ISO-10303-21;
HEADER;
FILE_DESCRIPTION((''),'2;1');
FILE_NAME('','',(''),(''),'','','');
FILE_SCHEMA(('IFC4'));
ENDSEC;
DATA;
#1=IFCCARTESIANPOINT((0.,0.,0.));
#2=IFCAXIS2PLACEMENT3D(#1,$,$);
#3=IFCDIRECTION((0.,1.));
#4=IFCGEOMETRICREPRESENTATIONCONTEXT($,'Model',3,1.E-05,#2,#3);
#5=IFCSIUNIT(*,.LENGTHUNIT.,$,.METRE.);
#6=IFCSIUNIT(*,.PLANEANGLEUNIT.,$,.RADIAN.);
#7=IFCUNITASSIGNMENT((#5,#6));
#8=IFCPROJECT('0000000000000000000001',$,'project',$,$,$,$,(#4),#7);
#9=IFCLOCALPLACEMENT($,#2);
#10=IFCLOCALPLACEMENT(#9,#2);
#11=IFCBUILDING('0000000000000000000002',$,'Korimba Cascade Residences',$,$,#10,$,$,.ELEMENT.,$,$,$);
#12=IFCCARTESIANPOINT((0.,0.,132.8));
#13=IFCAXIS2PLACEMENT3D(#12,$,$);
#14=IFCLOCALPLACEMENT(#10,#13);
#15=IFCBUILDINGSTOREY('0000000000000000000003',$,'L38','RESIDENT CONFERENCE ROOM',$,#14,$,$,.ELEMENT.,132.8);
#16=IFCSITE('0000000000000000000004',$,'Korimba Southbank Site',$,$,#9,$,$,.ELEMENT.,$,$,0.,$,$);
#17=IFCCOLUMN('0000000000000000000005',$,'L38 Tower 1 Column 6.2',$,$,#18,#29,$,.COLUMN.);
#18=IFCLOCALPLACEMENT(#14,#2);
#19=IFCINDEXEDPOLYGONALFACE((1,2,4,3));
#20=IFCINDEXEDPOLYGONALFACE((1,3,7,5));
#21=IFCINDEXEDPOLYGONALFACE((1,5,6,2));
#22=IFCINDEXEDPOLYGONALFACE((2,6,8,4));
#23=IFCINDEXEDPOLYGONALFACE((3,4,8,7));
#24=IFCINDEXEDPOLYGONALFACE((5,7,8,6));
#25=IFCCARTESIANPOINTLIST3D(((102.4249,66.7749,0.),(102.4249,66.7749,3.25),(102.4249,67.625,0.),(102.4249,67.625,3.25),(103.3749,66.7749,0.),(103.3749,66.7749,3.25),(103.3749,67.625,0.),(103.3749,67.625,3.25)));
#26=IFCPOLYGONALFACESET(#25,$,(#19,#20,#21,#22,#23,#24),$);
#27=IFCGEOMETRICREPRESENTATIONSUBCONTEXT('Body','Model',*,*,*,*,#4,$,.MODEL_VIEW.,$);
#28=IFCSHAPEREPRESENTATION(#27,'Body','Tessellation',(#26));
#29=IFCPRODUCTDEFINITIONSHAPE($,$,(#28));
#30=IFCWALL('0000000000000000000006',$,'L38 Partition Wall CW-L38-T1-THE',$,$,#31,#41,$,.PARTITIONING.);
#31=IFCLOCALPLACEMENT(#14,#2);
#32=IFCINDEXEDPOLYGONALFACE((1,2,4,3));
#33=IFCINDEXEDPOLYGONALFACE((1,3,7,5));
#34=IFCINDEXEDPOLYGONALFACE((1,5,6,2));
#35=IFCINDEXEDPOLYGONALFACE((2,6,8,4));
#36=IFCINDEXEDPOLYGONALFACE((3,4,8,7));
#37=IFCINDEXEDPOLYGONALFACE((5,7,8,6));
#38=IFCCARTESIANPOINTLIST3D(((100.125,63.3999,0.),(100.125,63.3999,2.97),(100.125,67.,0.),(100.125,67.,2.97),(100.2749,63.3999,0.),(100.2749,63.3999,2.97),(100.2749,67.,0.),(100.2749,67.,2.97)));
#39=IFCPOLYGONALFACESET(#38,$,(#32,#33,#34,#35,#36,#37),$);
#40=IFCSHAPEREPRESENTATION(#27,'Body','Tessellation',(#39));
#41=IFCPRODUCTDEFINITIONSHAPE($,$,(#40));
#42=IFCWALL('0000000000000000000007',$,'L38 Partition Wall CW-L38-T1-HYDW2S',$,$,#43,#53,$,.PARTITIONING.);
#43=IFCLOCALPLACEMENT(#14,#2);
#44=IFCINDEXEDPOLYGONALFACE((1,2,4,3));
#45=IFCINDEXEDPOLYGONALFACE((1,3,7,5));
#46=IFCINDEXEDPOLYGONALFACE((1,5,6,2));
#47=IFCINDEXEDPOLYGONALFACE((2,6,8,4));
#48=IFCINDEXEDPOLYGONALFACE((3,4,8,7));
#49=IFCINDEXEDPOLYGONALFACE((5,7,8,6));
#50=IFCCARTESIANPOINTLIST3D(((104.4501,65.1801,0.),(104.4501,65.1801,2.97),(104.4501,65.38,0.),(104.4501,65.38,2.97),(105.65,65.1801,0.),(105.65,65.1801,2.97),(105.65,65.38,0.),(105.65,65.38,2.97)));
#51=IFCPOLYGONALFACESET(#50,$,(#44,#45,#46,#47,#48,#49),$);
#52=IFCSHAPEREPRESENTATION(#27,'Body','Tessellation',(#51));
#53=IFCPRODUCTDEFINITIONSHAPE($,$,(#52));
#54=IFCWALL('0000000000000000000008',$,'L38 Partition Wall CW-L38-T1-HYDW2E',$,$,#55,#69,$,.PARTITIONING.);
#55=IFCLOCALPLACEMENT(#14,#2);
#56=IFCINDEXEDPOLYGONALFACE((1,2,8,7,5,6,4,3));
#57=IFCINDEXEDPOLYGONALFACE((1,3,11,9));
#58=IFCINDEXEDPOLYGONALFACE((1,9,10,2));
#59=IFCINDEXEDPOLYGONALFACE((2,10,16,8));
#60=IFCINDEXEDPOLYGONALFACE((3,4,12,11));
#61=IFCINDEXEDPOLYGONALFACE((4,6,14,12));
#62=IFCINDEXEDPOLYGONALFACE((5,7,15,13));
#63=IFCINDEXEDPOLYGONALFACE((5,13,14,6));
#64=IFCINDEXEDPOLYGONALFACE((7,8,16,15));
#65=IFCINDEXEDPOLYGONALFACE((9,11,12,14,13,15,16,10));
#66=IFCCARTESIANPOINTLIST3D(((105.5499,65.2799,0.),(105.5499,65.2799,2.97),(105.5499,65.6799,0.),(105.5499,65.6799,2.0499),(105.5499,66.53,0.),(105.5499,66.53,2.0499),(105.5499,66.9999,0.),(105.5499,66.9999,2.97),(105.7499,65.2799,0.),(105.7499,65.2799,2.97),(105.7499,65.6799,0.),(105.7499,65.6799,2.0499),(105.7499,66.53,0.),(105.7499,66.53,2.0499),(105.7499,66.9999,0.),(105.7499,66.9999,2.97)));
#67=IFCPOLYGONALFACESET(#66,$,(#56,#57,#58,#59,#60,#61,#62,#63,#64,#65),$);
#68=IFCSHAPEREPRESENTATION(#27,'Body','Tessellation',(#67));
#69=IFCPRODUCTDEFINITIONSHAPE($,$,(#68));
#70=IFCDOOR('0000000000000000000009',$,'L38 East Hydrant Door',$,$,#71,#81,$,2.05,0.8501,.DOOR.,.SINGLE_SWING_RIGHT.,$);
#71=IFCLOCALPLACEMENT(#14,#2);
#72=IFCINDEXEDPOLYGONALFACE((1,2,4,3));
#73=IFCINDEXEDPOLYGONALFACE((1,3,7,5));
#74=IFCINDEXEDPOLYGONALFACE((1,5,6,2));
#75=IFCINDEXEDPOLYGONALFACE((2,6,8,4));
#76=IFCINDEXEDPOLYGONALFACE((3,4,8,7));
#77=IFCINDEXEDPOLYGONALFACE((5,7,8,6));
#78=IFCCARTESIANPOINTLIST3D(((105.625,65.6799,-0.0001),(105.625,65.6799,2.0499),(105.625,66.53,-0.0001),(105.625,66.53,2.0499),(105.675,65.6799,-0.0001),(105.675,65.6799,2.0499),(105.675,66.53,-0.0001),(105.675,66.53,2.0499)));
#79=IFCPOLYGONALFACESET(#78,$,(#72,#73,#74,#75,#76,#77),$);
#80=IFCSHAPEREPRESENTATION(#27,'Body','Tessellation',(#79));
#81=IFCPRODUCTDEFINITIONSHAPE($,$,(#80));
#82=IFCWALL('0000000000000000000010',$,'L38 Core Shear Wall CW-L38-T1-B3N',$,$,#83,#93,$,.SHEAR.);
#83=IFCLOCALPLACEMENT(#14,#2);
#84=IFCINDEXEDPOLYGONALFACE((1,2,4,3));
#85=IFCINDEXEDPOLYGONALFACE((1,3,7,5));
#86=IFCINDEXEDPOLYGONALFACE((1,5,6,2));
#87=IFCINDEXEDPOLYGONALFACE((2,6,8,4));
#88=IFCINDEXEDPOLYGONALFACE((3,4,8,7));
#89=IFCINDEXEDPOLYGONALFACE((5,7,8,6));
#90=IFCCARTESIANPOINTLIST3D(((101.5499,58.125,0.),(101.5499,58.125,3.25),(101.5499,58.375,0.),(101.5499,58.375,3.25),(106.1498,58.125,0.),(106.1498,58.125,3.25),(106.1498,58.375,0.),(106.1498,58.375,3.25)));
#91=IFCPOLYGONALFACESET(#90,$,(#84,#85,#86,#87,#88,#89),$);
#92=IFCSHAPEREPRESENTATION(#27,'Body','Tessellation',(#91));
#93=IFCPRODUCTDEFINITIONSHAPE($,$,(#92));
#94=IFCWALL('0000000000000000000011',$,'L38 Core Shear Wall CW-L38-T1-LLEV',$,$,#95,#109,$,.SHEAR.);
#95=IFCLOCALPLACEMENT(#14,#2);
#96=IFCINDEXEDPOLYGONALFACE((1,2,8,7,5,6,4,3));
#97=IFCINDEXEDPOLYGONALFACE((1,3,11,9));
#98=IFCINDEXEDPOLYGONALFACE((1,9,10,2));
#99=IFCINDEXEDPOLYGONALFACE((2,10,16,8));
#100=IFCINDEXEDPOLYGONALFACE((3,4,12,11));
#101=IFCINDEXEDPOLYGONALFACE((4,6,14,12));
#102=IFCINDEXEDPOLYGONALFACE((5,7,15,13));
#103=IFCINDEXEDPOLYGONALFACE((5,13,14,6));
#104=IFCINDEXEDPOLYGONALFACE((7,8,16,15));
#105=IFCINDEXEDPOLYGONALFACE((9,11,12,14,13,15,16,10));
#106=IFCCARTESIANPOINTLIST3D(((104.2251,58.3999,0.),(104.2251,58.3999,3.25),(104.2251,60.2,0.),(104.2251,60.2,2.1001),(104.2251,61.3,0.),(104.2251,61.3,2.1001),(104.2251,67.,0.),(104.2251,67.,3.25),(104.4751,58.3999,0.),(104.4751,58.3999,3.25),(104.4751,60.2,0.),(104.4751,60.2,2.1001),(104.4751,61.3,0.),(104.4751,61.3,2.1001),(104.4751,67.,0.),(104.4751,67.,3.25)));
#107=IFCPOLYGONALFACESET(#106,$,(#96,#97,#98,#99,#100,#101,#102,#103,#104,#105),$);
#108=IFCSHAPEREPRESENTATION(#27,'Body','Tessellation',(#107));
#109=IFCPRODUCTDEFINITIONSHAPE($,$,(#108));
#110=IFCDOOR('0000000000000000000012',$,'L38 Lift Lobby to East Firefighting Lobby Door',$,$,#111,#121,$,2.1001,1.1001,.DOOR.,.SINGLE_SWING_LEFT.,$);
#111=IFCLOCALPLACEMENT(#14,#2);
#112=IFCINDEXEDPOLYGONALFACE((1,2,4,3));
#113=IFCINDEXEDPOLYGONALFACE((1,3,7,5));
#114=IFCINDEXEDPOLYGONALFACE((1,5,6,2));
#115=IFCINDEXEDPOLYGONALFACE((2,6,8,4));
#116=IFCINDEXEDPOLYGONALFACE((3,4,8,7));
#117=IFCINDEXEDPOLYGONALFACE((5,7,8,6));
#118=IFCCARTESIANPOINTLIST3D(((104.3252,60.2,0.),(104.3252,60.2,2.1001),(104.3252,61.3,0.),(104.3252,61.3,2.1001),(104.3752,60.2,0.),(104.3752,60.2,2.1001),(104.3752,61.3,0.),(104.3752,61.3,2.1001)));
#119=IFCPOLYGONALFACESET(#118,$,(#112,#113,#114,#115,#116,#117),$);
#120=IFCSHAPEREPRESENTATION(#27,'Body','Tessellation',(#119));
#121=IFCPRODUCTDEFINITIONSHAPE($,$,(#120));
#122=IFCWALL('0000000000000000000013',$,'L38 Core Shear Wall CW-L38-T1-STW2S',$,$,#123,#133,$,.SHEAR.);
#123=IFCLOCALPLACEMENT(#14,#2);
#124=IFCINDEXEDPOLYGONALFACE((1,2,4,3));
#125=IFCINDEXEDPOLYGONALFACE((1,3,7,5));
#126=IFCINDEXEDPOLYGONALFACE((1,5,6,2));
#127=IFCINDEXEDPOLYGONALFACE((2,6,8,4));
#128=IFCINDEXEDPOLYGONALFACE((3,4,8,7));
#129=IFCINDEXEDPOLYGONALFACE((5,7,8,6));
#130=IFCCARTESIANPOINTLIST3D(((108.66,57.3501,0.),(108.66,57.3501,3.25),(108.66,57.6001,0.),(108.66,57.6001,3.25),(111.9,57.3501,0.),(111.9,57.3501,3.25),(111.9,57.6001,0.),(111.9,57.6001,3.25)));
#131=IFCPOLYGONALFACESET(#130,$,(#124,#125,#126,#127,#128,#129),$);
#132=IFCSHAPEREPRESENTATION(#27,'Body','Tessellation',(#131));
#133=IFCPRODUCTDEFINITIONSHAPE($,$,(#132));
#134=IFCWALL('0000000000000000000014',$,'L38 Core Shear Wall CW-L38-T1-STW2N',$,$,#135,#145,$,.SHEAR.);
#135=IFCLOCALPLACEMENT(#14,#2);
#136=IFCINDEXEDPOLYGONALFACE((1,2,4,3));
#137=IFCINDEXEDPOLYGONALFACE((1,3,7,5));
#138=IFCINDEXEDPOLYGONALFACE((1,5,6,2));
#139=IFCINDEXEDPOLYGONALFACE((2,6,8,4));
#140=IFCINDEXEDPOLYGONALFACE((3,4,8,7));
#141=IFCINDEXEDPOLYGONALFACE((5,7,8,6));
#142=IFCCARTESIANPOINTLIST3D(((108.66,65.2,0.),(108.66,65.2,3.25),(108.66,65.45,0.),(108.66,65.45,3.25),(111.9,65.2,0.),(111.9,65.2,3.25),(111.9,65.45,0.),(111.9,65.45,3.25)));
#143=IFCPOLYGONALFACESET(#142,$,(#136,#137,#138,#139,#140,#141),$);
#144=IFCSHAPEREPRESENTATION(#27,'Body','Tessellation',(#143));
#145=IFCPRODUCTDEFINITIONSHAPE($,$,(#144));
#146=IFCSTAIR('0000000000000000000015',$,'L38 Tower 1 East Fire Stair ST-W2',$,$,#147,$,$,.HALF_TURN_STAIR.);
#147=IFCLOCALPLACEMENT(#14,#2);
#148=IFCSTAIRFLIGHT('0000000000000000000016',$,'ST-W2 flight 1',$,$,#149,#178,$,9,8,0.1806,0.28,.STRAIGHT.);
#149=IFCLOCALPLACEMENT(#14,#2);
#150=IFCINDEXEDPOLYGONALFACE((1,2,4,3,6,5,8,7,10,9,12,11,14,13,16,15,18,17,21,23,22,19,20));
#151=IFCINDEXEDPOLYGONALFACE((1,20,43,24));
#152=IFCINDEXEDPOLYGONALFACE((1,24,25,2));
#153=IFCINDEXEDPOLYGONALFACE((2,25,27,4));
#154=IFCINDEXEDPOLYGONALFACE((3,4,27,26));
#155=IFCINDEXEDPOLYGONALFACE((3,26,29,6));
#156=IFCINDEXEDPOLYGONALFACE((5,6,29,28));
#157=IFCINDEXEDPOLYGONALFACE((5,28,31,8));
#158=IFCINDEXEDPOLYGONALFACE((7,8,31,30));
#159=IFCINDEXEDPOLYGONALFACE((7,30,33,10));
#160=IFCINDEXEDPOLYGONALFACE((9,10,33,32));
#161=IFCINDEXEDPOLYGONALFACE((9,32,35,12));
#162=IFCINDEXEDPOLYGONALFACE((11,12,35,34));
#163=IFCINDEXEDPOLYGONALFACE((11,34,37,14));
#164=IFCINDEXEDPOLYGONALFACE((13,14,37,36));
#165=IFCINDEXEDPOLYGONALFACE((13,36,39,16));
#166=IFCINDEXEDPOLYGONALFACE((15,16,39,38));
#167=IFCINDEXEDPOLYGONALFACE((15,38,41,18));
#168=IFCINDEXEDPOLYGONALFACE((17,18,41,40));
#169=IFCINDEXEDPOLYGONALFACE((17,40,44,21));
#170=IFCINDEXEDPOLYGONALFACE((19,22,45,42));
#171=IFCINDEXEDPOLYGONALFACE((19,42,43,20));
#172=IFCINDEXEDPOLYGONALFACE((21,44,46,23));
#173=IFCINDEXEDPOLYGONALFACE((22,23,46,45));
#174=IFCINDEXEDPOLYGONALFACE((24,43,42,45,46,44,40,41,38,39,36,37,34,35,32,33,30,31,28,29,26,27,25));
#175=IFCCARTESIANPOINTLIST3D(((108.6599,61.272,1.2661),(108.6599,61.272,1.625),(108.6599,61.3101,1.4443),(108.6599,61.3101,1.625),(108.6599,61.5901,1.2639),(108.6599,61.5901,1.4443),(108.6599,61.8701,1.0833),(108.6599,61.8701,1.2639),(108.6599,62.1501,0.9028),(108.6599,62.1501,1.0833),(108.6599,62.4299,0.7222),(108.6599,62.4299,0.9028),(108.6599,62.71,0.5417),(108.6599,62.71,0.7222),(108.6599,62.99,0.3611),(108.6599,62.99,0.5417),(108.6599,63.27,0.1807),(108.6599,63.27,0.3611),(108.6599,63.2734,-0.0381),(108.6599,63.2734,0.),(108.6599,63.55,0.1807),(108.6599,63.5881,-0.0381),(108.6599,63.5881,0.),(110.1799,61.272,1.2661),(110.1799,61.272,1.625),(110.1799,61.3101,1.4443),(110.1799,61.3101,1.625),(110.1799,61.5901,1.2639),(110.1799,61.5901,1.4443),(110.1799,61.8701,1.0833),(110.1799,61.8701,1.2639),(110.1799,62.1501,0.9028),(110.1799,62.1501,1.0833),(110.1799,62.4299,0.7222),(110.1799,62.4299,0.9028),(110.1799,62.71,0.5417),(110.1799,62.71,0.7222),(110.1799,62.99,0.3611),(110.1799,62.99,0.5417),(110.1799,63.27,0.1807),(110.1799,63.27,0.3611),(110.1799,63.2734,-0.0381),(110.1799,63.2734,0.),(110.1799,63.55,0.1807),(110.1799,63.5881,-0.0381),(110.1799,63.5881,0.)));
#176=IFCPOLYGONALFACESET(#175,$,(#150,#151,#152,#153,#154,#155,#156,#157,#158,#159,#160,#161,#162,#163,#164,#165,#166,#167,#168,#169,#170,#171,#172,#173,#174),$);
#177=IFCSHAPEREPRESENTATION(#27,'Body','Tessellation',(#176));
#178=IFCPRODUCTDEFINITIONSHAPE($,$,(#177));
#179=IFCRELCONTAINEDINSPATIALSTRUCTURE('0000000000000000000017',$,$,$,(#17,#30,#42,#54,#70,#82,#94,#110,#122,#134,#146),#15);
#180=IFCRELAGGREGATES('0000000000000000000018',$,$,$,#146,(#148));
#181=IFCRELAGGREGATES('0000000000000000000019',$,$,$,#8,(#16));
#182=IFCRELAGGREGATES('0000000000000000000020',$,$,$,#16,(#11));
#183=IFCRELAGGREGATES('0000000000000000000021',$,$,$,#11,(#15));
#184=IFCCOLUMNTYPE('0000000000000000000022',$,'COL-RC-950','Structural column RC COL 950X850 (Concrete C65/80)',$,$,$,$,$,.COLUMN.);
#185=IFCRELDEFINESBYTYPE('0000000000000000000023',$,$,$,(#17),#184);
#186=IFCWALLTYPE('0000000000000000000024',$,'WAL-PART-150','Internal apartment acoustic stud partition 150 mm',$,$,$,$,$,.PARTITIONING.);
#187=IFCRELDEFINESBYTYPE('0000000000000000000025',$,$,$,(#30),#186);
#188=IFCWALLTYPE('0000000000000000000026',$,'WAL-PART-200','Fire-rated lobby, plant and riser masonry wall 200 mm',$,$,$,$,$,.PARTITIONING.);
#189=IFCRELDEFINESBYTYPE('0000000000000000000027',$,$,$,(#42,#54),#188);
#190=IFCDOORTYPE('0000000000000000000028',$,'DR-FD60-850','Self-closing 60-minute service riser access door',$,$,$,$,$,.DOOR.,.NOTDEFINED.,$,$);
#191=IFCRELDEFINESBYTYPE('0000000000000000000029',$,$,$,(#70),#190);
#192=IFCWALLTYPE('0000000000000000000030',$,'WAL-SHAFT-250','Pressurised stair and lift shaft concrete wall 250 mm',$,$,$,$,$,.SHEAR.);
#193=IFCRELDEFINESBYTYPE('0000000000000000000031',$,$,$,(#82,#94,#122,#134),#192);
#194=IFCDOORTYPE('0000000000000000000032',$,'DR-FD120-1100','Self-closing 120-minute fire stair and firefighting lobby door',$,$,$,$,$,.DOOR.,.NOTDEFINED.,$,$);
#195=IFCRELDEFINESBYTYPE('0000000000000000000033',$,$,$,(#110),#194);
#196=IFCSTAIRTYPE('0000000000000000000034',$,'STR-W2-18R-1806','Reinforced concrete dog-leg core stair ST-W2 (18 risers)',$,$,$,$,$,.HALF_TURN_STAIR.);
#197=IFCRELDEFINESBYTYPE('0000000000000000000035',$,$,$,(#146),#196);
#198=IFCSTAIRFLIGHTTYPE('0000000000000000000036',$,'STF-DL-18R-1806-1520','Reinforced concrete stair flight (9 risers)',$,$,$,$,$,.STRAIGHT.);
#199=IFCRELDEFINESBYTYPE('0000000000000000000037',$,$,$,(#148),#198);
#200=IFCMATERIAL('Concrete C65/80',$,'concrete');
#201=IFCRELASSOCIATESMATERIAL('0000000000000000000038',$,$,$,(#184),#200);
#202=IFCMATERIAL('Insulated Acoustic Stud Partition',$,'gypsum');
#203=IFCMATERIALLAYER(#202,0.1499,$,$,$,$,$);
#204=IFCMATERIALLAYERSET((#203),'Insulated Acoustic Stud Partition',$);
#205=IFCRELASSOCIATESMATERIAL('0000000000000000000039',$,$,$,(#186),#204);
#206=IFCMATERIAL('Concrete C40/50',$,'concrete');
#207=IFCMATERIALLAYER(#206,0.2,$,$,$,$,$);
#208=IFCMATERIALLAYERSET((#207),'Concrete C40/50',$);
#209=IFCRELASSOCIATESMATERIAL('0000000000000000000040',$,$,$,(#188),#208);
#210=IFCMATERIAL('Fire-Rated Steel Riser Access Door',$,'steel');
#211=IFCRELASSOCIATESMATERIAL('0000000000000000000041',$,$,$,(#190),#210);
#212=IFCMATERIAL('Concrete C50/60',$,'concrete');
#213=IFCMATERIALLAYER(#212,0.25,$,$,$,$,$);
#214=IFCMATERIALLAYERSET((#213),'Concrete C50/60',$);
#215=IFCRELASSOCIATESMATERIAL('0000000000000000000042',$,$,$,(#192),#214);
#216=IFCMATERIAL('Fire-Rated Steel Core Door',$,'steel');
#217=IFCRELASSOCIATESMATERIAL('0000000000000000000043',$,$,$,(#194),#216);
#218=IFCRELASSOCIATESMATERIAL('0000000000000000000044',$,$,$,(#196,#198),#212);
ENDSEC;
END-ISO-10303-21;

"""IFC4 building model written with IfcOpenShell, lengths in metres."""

from ifc_helpers import new_model, si_unit, direction, frame, frame_2d, origin, origin_2d, place, context, subcontext, project, spatial, polyline, rectangle, outline, extrude, material, layer, layer_set, material_profile, profile_set, type_object, element, fill, aggregate, save


model = new_model("IFC4")

# Units and contexts
model_context = context("Model", 3, precision=1e-05, world=origin(), true_north=direction((0.0, 1.0)))
body_context = subcontext(model_context, "Body", "Model", "MODEL_VIEW")
ifc_project = project(units=[si_unit("LENGTHUNIT", "METRE"), si_unit("PLANEANGLEUNIT", "RADIAN")], contexts=[model_context])

# Site, building, storey
site_placement = place(None, origin())
site = spatial("IfcSite", under=ifc_project, at=site_placement, Name="Korimba Southbank Site", CompositionType="ELEMENT", RefElevation=0.0)
building_placement = place(site_placement, origin())
building = spatial("IfcBuilding", under=site, at=building_placement, Name="Korimba Cascade Residences", CompositionType="ELEMENT")
storey_placement = place(building_placement, frame((0.0, 0.0, 132.8)))
storey = spatial("IfcBuildingStorey", under=building, at=storey_placement, Name="L38", Description="RESIDENT CONFERENCE ROOM", CompositionType="ELEMENT", Elevation=132.8)

# Column
ifc_material_1 = material(Name="Concrete C65/80", Category="concrete")
ifc_material_profile = material_profile(ifc_material_1, rectangle(XDim=0.95, YDim=0.8501, at=origin_2d()), Name="Concrete C65/80")
ifc_profile_set = profile_set([ifc_material_profile], Name="Concrete C65/80")
column_type = type_object("IfcColumnType", Name="COL-RC-950", Description="Structural column RC COL 950X850 (Concrete C65/80)", PredefinedType="COLUMN", material=ifc_profile_set)
column_placement = place(storey_placement, frame((102.8999, 67.2, 0.0), z_axis=(0.0, 0.0, 1.0), x_axis=(1.0, 0.0, 0.0)))
element("IfcColumn", 1, at=column_placement, inside=storey, type_object=column_type, Name="L38 Tower 1 Column 6.2", PredefinedType="COLUMN", context=body_context, shape_type="SweptSolid", body=[
    extrude(rectangle(XDim=0.95, YDim=0.8501, at=origin_2d()), origin(), (0.0, 0.0, 1.0), 3.25),
])

# Walls
ifc_material_2 = material(Name="Insulated Acoustic Stud Partition", Category="gypsum")
ifc_layer_1 = layer(ifc_material_2, 0.1499)
ifc_layer_set_1 = layer_set([ifc_layer_1], Name="Insulated Acoustic Stud Partition")
wall_type_1 = type_object("IfcWallType", Name="WAL-PART-150", Description="Internal apartment acoustic stud partition 150 mm", PredefinedType="PARTITIONING", material=ifc_layer_set_1)
wall_1_placement = place(storey_placement, frame((100.2, 63.3999, 0.0), z_axis=(0.0, 0.0, 1.0), x_axis=(0.0, 1.0, 0.0)))
element("IfcWall", 2, at=wall_1_placement, inside=storey, type_object=wall_type_1, Name="L38 Partition Wall CW-L38-T1-THE", PredefinedType="PARTITIONING", context=body_context, shape_type="SweptSolid", body=[
    extrude(rectangle(XDim=3.6001, YDim=0.1499, at=frame_2d((1.8, 0.0))), origin(), (0.0, 0.0, 1.0), 2.97),
])
ifc_material_3 = material(Name="Concrete C40/50", Category="concrete")
ifc_layer_2 = layer(ifc_material_3, 0.2)
ifc_layer_set_2 = layer_set([ifc_layer_2], Name="Concrete C40/50")
wall_type_2 = type_object("IfcWallType", Name="WAL-PART-200", Description="Fire-rated lobby, plant and riser masonry wall 200 mm", PredefinedType="PARTITIONING", material=ifc_layer_set_2)
wall_2_placement = place(storey_placement, frame((104.45, 65.28, 0.0), z_axis=(0.0, 0.0, 1.0), x_axis=(1.0, 0.0, 0.0)))
element("IfcWall", 3, at=wall_2_placement, inside=storey, type_object=wall_type_2, Name="L38 Partition Wall CW-L38-T1-HYDW2S", PredefinedType="PARTITIONING", context=body_context, shape_type="SweptSolid", body=[
    extrude(rectangle(XDim=1.2, YDim=0.2, at=frame_2d((0.6001, 0.0))), origin(), (0.0, 0.0, 1.0), 2.97),
])

# Wall, opening, door
wall_3_placement = place(storey_placement, frame((105.6499, 65.28, 0.0), z_axis=(0.0, 0.0, 1.0), x_axis=(0.0, 1.0, 0.0)))
wall_3 = element("IfcWall", 4, at=wall_3_placement, inside=storey, type_object=wall_type_2, Name="L38 Partition Wall CW-L38-T1-HYDW2E", PredefinedType="PARTITIONING", context=body_context, shape_type="SweptSolid", body=[
    extrude(rectangle(XDim=1.72, YDim=0.2, at=frame_2d((0.8599, 0.0))), origin(), (0.0, 0.0, 1.0), 2.97),
])
opening_1_placement = place(wall_3_placement, frame((0.3999, 0.0, 0.0)))
opening_1 = element("IfcOpeningElement", 5, at=opening_1_placement, cuts=wall_3, PredefinedType="OPENING", context=body_context, shape_type="SweptSolid", body=[
    extrude(rectangle(XDim=0.8501, YDim=2.05, at=frame_2d((0.425, 1.0249))), frame((0.0, 0.1099, 0.0), z_axis=(0.0, -1.0, 0.0), x_axis=(1.0, 0.0, 0.0)), (0.0, 0.0, 1.0), 0.22),
])
ifc_material_4 = material(Name="Fire-Rated Steel Riser Access Door", Category="steel")
door_type_1 = type_object("IfcDoorType", Name="DR-FD60-850", Description="Self-closing 60-minute service riser access door", OperationType="NOTDEFINED", PredefinedType="DOOR", material=ifc_material_4)
door_1_placement = place(opening_1_placement, origin())
door_1 = element("IfcDoor", 6, at=door_1_placement, inside=storey, type_object=door_type_1, Name="L38 East Hydrant Door", OperationType="SINGLE_SWING_RIGHT", OverallHeight=2.05, OverallWidth=0.8501, PredefinedType="DOOR", context=body_context, shape_type="SweptSolid", body=[
    extrude(rectangle(XDim=0.8501, YDim=2.05, at=frame_2d((0.425, 1.0249))), frame((0.0, 0.0249, 0.0), z_axis=(0.0, -1.0, 0.0), x_axis=(1.0, 0.0, 0.0)), (0.0, 0.0, 1.0), 0.05),
])
fill(opening_1, door_1)

# Wall
ifc_material_5 = material(Name="Concrete C50/60", Category="concrete")
ifc_layer_3 = layer(ifc_material_5, 0.25)
ifc_layer_set_3 = layer_set([ifc_layer_3], Name="Concrete C50/60")
wall_type_3 = type_object("IfcWallType", Name="WAL-SHAFT-250", Description="Pressurised stair and lift shaft concrete wall 250 mm", PredefinedType="SHEAR", material=ifc_layer_set_3)
wall_4_placement = place(storey_placement, frame((101.55, 58.25, 0.0), z_axis=(0.0, 0.0, 1.0), x_axis=(1.0, 0.0, 0.0)))
element("IfcWall", 7, at=wall_4_placement, inside=storey, type_object=wall_type_3, Name="L38 Core Shear Wall CW-L38-T1-B3N", PredefinedType="SHEAR", context=body_context, shape_type="SweptSolid", body=[
    extrude(rectangle(XDim=4.5999, YDim=0.25, at=frame_2d((2.2998, 0.0))), origin(), (0.0, 0.0, 1.0), 3.25),
])

# Wall, opening, door
wall_5_placement = place(storey_placement, frame((104.3501, 58.3999, 0.0), z_axis=(0.0, 0.0, 1.0), x_axis=(0.0, 1.0, 0.0)))
wall_5 = element("IfcWall", 8, at=wall_5_placement, inside=storey, type_object=wall_type_3, Name="L38 Core Shear Wall CW-L38-T1-LLEV", PredefinedType="SHEAR", context=body_context, shape_type="SweptSolid", body=[
    extrude(rectangle(XDim=8.6001, YDim=0.25, at=frame_2d((4.3, 0.0))), origin(), (0.0, 0.0, 1.0), 3.25),
])
opening_2_placement = place(wall_5_placement, frame((1.8, 0.0, 0.0)))
opening_2 = element("IfcOpeningElement", 9, at=opening_2_placement, cuts=wall_5, PredefinedType="OPENING", context=body_context, shape_type="SweptSolid", body=[
    extrude(rectangle(XDim=1.1001, YDim=2.1001, at=frame_2d((0.55, 1.05))), frame((0.0, 0.135, 0.0), z_axis=(0.0, -1.0, 0.0), x_axis=(1.0, 0.0, 0.0)), (0.0, 0.0, 1.0), 0.27),
])
ifc_material_6 = material(Name="Fire-Rated Steel Core Door", Category="steel")
door_type_2 = type_object("IfcDoorType", Name="DR-FD120-1100", Description="Self-closing 120-minute fire stair and firefighting lobby door", OperationType="NOTDEFINED", PredefinedType="DOOR", material=ifc_material_6)
door_2_placement = place(opening_2_placement, origin())
door_2 = element("IfcDoor", 10, at=door_2_placement, inside=storey, type_object=door_type_2, Name="L38 Lift Lobby to East Firefighting Lobby Door", OperationType="SINGLE_SWING_LEFT", OverallHeight=2.1001, OverallWidth=1.1001, PredefinedType="DOOR", context=body_context, shape_type="SweptSolid", body=[
    extrude(rectangle(XDim=1.1001, YDim=2.1001, at=frame_2d((0.55, 1.05))), frame((0.0, 0.0249, 0.0), z_axis=(0.0, -1.0, 0.0), x_axis=(1.0, 0.0, 0.0)), (0.0, 0.0, 1.0), 0.05),
])
fill(opening_2, door_2)

# Walls
for number, where, z_axis, x_axis, name in (
    (11, (108.6599, 57.4751, 0.0), (0.0, 0.0, 1.0), (1.0, 0.0, 0.0), "L38 Core Shear Wall CW-L38-T1-STW2S"),
    (12, (108.6599, 65.325, 0.0), (0.0, 0.0, 1.0), (1.0, 0.0, 0.0), "L38 Core Shear Wall CW-L38-T1-STW2N"),
):
    element("IfcWall", number, at=place(storey_placement, frame(where, z_axis=z_axis, x_axis=x_axis)), inside=storey, type_object=wall_type_3, Name=name, PredefinedType="SHEAR", context=body_context, shape_type="SweptSolid", body=[
        extrude(rectangle(XDim=3.24, YDim=0.25, at=frame_2d((1.6201, 0.0))), origin(), (0.0, 0.0, 1.0), 3.25),
    ])

# Stair, stair flight
stair_type = type_object("IfcStairType", Name="STR-W2-18R-1806", Description="Reinforced concrete dog-leg core stair ST-W2 (18 risers)", PredefinedType="HALF_TURN_STAIR", material=ifc_material_5)
stair_placement = place(storey_placement, origin())
stair = element("IfcStair", 13, at=stair_placement, inside=storey, type_object=stair_type, Name="L38 Tower 1 East Fire Stair ST-W2", PredefinedType="HALF_TURN_STAIR")
stair_flight_type = type_object("IfcStairFlightType", Name="STF-DL-18R-1806-1520", Description="Reinforced concrete stair flight (9 risers)", PredefinedType="STRAIGHT", material=ifc_material_5)
stair_flight_placement = place(storey_placement, frame((109.4199, 63.55, 0.0), z_axis=(0.0, 0.0, 1.0), x_axis=(0.0, -1.0, 0.0)))
stair_flight = element("IfcStairFlight", 14, at=stair_flight_placement, type_object=stair_flight_type, Name="ST-W2 flight 1", NumberOfRisers=9, NumberOfTreads=8, PredefinedType="STRAIGHT", RiserHeight=0.1806, TreadLength=0.28, context=body_context, shape_type="SweptSolid", body=[
    extrude(outline(polyline([(-0.0381, 0.0), (0.0, 0.1807), (0.28, 0.1807), (0.28, 0.3611), (0.5601, 0.3611), (0.5601, 0.5417), (0.8401, 0.5417), (0.8401, 0.7222), (1.1201, 0.7222), (1.1201, 0.9028), (1.3999, 0.9028), (1.3999, 1.0833), (1.6799, 1.0833), (1.6799, 1.2639), (1.96, 1.2639), (1.96, 1.4443), (2.24, 1.4443), (2.24, 1.625), (2.2781, 1.625), (2.2781, 1.2661), (0.2766, 0.0), (0.2766, -0.0381), (-0.0381, -0.0381), (-0.0381, 0.0)])), frame((0.0, 0.76, 0.0), z_axis=(0.0, -1.0, 0.0), x_axis=(1.0, 0.0, 0.0)), (0.0, 0.0, 1.0), 1.52),
])
aggregate(stair, [stair_flight])

save(model, "model.ifc")
